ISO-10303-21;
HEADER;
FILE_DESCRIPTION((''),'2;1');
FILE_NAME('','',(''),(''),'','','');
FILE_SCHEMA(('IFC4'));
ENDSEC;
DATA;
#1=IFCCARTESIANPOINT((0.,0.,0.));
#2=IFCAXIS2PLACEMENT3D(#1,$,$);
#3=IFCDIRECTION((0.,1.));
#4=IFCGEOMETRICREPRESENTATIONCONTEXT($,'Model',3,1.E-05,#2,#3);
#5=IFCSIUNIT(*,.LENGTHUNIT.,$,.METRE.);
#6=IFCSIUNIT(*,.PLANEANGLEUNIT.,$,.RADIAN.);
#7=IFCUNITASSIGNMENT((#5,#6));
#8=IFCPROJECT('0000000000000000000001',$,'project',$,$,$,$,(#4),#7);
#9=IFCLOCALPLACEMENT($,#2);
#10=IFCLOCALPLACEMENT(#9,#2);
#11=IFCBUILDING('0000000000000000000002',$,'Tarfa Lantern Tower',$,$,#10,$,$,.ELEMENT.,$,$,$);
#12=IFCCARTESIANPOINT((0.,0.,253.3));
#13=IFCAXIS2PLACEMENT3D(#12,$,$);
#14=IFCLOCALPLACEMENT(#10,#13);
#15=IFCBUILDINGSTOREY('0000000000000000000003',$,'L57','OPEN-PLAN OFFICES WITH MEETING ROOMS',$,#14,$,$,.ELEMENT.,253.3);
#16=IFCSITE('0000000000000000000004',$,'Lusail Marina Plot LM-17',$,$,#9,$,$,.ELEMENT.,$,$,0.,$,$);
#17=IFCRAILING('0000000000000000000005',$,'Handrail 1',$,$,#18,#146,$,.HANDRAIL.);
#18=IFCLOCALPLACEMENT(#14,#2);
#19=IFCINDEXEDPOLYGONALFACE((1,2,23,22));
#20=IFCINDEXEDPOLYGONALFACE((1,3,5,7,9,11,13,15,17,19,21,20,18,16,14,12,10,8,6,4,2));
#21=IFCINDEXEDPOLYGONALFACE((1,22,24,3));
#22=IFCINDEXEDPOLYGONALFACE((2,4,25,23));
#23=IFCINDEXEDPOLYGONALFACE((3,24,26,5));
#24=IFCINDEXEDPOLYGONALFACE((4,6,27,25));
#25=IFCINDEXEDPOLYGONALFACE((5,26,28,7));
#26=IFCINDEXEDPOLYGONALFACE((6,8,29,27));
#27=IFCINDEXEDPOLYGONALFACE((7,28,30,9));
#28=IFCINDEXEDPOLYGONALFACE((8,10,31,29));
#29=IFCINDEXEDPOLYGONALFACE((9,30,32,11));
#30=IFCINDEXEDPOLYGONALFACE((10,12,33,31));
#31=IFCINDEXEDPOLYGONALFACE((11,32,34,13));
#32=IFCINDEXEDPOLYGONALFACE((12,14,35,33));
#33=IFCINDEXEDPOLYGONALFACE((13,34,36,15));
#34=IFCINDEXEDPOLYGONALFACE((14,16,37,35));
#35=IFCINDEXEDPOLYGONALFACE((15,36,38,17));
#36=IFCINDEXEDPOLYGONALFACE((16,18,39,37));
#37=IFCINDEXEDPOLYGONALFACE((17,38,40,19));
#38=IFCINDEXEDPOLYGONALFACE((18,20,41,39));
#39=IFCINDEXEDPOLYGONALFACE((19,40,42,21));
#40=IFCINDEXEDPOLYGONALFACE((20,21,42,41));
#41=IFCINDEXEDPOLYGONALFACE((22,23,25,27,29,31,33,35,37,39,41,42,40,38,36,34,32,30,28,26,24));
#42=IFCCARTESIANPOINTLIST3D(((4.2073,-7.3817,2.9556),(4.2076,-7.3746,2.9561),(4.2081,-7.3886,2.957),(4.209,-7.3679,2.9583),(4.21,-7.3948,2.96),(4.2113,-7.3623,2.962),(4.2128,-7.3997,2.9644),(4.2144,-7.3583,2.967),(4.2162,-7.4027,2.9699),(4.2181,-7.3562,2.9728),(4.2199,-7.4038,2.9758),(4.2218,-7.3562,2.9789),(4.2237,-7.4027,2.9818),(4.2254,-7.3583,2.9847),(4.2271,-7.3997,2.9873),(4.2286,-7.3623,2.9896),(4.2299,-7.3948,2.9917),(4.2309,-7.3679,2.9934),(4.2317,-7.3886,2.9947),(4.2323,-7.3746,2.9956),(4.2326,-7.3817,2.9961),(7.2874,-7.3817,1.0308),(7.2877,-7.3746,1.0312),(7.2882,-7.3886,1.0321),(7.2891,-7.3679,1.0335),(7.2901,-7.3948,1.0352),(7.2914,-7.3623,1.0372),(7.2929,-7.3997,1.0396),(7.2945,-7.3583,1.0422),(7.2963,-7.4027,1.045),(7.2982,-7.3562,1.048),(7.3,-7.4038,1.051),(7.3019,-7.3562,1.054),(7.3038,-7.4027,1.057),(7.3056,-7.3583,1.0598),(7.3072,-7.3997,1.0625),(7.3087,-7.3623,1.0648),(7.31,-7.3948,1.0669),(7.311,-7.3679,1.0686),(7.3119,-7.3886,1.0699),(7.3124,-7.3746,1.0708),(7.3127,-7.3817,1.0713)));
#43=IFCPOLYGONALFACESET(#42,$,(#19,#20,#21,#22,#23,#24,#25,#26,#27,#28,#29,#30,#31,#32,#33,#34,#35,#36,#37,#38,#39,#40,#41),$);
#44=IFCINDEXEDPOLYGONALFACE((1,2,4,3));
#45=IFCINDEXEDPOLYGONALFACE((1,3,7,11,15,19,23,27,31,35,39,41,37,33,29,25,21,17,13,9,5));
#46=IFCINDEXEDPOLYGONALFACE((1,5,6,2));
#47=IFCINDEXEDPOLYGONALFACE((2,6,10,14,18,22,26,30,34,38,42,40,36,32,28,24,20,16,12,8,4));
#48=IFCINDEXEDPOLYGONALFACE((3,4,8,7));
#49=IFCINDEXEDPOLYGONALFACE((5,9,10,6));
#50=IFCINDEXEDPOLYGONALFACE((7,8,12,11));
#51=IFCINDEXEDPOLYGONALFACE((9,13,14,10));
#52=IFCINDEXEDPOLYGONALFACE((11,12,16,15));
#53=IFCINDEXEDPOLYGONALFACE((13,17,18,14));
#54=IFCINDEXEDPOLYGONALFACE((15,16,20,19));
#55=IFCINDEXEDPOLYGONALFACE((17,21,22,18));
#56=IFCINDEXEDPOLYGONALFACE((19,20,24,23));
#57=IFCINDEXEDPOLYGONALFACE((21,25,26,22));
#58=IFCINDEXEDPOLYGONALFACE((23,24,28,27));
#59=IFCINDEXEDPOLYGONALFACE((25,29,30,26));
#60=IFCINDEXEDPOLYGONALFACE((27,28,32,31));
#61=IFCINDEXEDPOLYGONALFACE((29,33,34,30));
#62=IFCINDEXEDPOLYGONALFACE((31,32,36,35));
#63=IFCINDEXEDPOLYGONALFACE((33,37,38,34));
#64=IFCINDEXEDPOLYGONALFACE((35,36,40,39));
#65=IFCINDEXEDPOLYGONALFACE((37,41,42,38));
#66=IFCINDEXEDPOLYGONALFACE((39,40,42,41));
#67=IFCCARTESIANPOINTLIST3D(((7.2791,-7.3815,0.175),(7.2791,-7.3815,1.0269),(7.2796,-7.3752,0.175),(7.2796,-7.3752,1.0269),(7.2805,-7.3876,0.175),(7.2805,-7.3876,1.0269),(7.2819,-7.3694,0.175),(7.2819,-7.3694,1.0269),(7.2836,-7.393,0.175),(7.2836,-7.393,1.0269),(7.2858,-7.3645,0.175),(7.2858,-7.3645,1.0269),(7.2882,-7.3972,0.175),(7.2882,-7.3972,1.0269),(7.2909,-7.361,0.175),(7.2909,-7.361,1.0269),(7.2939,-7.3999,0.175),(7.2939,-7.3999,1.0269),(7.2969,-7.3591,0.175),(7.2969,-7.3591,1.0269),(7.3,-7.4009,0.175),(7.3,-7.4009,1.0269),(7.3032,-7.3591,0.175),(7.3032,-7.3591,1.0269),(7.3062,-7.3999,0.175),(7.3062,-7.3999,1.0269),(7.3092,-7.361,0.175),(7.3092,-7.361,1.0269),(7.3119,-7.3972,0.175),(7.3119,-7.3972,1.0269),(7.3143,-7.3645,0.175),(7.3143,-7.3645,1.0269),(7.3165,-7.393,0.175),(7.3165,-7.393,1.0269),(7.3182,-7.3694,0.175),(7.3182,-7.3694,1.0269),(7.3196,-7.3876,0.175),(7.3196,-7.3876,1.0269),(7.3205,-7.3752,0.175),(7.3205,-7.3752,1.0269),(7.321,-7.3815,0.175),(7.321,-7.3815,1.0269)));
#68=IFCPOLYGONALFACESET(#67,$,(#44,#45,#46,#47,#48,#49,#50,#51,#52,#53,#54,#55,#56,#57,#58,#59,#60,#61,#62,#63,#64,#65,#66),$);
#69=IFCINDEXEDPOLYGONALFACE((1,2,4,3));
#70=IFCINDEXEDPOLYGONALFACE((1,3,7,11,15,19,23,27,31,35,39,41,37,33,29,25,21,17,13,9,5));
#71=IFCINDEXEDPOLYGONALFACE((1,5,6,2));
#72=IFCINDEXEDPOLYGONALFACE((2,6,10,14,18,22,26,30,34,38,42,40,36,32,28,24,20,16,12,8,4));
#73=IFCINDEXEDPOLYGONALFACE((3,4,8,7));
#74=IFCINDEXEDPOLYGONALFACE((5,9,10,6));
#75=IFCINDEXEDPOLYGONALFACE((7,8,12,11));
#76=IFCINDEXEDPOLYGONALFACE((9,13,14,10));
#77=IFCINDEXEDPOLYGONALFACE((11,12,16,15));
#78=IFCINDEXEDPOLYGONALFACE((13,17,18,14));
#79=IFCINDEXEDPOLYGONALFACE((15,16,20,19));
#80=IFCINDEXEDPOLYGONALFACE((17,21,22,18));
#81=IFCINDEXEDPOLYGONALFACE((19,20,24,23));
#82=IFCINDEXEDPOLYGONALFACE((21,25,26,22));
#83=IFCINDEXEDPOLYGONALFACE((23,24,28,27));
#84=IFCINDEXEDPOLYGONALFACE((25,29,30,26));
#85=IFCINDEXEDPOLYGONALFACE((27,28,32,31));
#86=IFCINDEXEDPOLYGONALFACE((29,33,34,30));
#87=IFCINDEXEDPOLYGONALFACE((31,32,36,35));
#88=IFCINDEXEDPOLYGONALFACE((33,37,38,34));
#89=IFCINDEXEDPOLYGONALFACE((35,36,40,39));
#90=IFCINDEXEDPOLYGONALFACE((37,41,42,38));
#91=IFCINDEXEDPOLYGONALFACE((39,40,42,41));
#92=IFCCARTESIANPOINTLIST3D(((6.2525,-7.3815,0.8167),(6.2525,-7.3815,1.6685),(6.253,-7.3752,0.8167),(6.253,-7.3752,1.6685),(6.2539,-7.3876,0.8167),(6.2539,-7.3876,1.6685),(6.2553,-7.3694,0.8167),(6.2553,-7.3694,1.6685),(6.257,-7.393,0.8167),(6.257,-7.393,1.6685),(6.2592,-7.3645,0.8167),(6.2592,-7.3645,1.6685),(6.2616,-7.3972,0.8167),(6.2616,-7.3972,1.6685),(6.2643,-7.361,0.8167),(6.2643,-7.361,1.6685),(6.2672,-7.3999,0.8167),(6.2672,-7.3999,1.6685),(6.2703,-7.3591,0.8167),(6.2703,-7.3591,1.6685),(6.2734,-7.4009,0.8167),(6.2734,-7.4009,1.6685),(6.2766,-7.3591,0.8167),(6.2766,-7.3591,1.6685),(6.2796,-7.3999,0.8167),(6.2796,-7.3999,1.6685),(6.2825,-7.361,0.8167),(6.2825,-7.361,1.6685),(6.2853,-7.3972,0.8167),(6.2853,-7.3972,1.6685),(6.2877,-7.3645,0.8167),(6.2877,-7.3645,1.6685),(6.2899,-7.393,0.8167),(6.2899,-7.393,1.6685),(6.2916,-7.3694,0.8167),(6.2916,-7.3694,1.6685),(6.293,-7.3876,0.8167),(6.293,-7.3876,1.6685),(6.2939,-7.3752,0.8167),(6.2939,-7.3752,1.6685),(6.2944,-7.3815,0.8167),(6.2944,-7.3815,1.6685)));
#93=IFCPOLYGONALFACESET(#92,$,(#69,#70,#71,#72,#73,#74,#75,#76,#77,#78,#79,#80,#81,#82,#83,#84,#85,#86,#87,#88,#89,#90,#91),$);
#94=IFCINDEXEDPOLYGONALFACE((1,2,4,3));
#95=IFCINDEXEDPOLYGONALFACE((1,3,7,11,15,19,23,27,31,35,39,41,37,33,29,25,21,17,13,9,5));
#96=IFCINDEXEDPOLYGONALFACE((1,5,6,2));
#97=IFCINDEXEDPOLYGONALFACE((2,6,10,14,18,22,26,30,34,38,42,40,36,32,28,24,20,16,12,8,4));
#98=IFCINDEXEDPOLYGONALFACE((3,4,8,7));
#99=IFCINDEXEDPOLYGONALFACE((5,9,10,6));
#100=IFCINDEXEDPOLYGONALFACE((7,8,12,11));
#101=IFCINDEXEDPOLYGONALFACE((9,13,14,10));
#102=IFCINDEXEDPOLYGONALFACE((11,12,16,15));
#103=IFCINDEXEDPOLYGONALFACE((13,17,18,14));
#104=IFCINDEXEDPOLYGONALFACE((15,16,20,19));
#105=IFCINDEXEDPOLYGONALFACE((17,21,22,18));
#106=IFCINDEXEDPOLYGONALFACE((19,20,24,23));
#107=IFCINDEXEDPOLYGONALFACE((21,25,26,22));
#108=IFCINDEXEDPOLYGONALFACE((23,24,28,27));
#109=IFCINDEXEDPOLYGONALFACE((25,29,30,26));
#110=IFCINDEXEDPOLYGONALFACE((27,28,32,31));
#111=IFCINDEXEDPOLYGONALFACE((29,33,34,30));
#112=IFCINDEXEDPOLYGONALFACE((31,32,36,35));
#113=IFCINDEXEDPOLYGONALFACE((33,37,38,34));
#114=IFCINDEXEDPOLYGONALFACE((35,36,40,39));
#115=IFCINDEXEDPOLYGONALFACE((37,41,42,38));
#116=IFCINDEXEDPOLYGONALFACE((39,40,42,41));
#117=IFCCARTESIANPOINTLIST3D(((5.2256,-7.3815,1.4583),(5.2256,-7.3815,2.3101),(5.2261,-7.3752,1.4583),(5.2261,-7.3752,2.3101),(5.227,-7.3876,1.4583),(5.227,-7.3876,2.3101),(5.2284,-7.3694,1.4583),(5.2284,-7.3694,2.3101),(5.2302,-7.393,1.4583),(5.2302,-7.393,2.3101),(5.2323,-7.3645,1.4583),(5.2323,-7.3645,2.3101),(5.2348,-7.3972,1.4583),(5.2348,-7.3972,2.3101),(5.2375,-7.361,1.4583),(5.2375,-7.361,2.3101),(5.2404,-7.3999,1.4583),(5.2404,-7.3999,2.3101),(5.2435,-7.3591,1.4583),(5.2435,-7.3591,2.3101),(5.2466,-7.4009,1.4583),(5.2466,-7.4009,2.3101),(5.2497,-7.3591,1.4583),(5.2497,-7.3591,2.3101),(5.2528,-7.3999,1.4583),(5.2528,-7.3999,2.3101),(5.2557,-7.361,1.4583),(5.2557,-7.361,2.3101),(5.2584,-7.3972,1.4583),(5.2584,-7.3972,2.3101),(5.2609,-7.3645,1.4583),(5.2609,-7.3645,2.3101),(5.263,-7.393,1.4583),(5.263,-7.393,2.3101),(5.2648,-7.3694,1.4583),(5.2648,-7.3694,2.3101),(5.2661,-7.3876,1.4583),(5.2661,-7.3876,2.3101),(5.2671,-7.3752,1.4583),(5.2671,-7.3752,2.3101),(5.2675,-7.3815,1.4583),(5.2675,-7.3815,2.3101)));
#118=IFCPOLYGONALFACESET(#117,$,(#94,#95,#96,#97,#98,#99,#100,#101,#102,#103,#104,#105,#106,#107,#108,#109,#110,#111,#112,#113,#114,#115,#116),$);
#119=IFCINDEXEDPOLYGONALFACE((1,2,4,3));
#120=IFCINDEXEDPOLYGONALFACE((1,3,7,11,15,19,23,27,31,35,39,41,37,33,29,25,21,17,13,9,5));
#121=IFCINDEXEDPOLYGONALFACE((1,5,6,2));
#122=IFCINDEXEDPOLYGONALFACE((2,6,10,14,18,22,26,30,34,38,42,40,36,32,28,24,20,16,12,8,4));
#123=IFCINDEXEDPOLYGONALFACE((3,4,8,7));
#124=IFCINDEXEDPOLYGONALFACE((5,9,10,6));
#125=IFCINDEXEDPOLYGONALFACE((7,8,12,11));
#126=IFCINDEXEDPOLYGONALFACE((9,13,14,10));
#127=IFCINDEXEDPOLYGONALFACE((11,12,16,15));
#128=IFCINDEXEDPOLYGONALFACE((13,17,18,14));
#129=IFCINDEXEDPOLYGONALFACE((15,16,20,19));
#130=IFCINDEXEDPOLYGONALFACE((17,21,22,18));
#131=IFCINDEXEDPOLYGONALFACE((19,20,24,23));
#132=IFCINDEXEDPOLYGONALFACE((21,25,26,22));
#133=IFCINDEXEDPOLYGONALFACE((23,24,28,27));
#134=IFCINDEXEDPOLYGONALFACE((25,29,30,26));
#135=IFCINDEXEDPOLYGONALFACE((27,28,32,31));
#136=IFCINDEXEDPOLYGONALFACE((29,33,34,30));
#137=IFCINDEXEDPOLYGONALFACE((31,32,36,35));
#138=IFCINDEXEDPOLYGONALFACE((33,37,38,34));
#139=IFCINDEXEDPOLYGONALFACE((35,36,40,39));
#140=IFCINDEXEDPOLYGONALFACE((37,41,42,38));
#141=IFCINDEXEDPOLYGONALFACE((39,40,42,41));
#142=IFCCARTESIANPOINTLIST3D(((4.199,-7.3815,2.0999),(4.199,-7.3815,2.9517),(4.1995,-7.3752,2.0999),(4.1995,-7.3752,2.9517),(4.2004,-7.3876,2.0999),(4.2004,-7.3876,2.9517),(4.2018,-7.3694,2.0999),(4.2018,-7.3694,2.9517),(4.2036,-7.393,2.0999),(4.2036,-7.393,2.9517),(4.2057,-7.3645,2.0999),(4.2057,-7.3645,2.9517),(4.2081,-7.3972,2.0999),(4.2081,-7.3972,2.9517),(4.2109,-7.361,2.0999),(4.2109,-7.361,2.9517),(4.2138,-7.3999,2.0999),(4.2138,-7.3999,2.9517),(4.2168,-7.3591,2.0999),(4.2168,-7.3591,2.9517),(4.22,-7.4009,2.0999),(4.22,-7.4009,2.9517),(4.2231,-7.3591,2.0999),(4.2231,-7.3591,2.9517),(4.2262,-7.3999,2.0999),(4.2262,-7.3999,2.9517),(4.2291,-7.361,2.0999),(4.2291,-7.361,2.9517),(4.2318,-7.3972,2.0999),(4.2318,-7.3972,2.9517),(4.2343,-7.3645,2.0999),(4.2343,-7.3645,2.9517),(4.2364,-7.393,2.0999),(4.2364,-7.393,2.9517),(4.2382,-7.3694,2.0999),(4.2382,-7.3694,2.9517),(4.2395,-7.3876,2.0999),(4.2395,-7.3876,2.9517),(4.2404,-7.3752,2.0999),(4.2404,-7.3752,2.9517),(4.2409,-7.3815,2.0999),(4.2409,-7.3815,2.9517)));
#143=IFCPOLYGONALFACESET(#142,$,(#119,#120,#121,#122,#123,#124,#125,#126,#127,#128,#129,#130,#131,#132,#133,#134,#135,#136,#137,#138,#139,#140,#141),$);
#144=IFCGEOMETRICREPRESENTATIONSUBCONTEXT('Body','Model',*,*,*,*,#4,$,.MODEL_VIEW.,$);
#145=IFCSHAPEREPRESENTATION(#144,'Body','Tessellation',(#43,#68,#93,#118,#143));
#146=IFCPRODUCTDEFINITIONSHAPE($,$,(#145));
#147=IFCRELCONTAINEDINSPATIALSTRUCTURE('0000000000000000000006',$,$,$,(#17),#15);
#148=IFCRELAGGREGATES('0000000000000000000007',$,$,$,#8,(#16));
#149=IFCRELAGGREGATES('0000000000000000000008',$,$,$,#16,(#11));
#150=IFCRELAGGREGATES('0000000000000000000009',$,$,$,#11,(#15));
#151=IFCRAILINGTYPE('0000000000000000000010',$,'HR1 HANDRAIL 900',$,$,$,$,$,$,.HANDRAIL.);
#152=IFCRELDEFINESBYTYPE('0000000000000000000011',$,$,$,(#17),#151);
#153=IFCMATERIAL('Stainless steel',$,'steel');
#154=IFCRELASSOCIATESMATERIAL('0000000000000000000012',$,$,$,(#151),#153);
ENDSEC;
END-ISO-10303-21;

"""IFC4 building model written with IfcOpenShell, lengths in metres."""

from ifc_helpers import new_model, si_unit, direction, frame, origin, origin_2d, place, context, subcontext, project, spatial, circle, extrude, material, type_object, element, save


model = new_model("IFC4")

# Units and contexts
model_context = context("Model", 3, precision=1e-05, world=origin(), true_north=direction((0.0, 1.0)))
body_context = subcontext(model_context, "Body", "Model", "MODEL_VIEW")
ifc_project = project(units=[si_unit("LENGTHUNIT", "METRE"), si_unit("PLANEANGLEUNIT", "RADIAN")], contexts=[model_context])

# Site, building, storey
site_placement = place(None, origin())
site = spatial("IfcSite", under=ifc_project, at=site_placement, Name="Lusail Marina Plot LM-17", CompositionType="ELEMENT", RefElevation=0.0)
building_placement = place(site_placement, origin())
building = spatial("IfcBuilding", under=site, at=building_placement, Name="Tarfa Lantern Tower", CompositionType="ELEMENT")
storey_placement = place(building_placement, frame((0.0, 0.0, 253.3)))
storey = spatial("IfcBuildingStorey", under=building, at=storey_placement, Name="L57", Description="OPEN-PLAN OFFICES WITH MEETING ROOMS", CompositionType="ELEMENT", Elevation=253.3)

# Railing
ifc_material_1 = material(Name="Stainless steel", Category="steel")
railing_type = type_object("IfcRailingType", Name="HR1 HANDRAIL 900", PredefinedType="HANDRAIL", material=ifc_material_1)
railing_placement = place(storey_placement, frame((7.3, -7.3799, 0.175)))
element("IfcRailing", 1, at=railing_placement, inside=storey, type_object=railing_type, Name="Handrail 1", PredefinedType="HANDRAIL", context=body_context, shape_type="SweptSolid", body=[
    extrude(circle(Radius=0.0239, at=origin_2d()), frame((0.0, 0.0, 0.876), z_axis=(-0.848029, 0.0, 0.529951), x_axis=(0.0, -1.0, 0.0)), (0.0, 0.0, 1.0), 3.6321),
    extrude(circle(Radius=0.021, at=origin_2d()), frame((0.0, 0.0, 0.0), z_axis=(0.0, 0.0, 1.0), x_axis=(0.0, -1.0, 0.0)), (0.0, 0.0, 1.0), 0.8518),
    extrude(circle(Radius=0.021, at=origin_2d()), frame((-1.0266, 0.0, 0.6416), z_axis=(0.0, 0.0, 1.0), x_axis=(0.0, -1.0, 0.0)), (0.0, 0.0, 1.0), 0.8518),
    extrude(circle(Radius=0.021, at=origin_2d()), frame((-2.0535, 0.0, 1.2832), z_axis=(0.0, 0.0, 1.0), x_axis=(0.0, -1.0, 0.0)), (0.0, 0.0, 1.0), 0.8518),
    extrude(circle(Radius=0.021, at=origin_2d()), frame((-3.0801, 0.0, 1.9248), z_axis=(0.0, 0.0, 1.0), x_axis=(0.0, -1.0, 0.0)), (0.0, 0.0, 1.0), 0.8518),
])

save(model, "model.ifc")
